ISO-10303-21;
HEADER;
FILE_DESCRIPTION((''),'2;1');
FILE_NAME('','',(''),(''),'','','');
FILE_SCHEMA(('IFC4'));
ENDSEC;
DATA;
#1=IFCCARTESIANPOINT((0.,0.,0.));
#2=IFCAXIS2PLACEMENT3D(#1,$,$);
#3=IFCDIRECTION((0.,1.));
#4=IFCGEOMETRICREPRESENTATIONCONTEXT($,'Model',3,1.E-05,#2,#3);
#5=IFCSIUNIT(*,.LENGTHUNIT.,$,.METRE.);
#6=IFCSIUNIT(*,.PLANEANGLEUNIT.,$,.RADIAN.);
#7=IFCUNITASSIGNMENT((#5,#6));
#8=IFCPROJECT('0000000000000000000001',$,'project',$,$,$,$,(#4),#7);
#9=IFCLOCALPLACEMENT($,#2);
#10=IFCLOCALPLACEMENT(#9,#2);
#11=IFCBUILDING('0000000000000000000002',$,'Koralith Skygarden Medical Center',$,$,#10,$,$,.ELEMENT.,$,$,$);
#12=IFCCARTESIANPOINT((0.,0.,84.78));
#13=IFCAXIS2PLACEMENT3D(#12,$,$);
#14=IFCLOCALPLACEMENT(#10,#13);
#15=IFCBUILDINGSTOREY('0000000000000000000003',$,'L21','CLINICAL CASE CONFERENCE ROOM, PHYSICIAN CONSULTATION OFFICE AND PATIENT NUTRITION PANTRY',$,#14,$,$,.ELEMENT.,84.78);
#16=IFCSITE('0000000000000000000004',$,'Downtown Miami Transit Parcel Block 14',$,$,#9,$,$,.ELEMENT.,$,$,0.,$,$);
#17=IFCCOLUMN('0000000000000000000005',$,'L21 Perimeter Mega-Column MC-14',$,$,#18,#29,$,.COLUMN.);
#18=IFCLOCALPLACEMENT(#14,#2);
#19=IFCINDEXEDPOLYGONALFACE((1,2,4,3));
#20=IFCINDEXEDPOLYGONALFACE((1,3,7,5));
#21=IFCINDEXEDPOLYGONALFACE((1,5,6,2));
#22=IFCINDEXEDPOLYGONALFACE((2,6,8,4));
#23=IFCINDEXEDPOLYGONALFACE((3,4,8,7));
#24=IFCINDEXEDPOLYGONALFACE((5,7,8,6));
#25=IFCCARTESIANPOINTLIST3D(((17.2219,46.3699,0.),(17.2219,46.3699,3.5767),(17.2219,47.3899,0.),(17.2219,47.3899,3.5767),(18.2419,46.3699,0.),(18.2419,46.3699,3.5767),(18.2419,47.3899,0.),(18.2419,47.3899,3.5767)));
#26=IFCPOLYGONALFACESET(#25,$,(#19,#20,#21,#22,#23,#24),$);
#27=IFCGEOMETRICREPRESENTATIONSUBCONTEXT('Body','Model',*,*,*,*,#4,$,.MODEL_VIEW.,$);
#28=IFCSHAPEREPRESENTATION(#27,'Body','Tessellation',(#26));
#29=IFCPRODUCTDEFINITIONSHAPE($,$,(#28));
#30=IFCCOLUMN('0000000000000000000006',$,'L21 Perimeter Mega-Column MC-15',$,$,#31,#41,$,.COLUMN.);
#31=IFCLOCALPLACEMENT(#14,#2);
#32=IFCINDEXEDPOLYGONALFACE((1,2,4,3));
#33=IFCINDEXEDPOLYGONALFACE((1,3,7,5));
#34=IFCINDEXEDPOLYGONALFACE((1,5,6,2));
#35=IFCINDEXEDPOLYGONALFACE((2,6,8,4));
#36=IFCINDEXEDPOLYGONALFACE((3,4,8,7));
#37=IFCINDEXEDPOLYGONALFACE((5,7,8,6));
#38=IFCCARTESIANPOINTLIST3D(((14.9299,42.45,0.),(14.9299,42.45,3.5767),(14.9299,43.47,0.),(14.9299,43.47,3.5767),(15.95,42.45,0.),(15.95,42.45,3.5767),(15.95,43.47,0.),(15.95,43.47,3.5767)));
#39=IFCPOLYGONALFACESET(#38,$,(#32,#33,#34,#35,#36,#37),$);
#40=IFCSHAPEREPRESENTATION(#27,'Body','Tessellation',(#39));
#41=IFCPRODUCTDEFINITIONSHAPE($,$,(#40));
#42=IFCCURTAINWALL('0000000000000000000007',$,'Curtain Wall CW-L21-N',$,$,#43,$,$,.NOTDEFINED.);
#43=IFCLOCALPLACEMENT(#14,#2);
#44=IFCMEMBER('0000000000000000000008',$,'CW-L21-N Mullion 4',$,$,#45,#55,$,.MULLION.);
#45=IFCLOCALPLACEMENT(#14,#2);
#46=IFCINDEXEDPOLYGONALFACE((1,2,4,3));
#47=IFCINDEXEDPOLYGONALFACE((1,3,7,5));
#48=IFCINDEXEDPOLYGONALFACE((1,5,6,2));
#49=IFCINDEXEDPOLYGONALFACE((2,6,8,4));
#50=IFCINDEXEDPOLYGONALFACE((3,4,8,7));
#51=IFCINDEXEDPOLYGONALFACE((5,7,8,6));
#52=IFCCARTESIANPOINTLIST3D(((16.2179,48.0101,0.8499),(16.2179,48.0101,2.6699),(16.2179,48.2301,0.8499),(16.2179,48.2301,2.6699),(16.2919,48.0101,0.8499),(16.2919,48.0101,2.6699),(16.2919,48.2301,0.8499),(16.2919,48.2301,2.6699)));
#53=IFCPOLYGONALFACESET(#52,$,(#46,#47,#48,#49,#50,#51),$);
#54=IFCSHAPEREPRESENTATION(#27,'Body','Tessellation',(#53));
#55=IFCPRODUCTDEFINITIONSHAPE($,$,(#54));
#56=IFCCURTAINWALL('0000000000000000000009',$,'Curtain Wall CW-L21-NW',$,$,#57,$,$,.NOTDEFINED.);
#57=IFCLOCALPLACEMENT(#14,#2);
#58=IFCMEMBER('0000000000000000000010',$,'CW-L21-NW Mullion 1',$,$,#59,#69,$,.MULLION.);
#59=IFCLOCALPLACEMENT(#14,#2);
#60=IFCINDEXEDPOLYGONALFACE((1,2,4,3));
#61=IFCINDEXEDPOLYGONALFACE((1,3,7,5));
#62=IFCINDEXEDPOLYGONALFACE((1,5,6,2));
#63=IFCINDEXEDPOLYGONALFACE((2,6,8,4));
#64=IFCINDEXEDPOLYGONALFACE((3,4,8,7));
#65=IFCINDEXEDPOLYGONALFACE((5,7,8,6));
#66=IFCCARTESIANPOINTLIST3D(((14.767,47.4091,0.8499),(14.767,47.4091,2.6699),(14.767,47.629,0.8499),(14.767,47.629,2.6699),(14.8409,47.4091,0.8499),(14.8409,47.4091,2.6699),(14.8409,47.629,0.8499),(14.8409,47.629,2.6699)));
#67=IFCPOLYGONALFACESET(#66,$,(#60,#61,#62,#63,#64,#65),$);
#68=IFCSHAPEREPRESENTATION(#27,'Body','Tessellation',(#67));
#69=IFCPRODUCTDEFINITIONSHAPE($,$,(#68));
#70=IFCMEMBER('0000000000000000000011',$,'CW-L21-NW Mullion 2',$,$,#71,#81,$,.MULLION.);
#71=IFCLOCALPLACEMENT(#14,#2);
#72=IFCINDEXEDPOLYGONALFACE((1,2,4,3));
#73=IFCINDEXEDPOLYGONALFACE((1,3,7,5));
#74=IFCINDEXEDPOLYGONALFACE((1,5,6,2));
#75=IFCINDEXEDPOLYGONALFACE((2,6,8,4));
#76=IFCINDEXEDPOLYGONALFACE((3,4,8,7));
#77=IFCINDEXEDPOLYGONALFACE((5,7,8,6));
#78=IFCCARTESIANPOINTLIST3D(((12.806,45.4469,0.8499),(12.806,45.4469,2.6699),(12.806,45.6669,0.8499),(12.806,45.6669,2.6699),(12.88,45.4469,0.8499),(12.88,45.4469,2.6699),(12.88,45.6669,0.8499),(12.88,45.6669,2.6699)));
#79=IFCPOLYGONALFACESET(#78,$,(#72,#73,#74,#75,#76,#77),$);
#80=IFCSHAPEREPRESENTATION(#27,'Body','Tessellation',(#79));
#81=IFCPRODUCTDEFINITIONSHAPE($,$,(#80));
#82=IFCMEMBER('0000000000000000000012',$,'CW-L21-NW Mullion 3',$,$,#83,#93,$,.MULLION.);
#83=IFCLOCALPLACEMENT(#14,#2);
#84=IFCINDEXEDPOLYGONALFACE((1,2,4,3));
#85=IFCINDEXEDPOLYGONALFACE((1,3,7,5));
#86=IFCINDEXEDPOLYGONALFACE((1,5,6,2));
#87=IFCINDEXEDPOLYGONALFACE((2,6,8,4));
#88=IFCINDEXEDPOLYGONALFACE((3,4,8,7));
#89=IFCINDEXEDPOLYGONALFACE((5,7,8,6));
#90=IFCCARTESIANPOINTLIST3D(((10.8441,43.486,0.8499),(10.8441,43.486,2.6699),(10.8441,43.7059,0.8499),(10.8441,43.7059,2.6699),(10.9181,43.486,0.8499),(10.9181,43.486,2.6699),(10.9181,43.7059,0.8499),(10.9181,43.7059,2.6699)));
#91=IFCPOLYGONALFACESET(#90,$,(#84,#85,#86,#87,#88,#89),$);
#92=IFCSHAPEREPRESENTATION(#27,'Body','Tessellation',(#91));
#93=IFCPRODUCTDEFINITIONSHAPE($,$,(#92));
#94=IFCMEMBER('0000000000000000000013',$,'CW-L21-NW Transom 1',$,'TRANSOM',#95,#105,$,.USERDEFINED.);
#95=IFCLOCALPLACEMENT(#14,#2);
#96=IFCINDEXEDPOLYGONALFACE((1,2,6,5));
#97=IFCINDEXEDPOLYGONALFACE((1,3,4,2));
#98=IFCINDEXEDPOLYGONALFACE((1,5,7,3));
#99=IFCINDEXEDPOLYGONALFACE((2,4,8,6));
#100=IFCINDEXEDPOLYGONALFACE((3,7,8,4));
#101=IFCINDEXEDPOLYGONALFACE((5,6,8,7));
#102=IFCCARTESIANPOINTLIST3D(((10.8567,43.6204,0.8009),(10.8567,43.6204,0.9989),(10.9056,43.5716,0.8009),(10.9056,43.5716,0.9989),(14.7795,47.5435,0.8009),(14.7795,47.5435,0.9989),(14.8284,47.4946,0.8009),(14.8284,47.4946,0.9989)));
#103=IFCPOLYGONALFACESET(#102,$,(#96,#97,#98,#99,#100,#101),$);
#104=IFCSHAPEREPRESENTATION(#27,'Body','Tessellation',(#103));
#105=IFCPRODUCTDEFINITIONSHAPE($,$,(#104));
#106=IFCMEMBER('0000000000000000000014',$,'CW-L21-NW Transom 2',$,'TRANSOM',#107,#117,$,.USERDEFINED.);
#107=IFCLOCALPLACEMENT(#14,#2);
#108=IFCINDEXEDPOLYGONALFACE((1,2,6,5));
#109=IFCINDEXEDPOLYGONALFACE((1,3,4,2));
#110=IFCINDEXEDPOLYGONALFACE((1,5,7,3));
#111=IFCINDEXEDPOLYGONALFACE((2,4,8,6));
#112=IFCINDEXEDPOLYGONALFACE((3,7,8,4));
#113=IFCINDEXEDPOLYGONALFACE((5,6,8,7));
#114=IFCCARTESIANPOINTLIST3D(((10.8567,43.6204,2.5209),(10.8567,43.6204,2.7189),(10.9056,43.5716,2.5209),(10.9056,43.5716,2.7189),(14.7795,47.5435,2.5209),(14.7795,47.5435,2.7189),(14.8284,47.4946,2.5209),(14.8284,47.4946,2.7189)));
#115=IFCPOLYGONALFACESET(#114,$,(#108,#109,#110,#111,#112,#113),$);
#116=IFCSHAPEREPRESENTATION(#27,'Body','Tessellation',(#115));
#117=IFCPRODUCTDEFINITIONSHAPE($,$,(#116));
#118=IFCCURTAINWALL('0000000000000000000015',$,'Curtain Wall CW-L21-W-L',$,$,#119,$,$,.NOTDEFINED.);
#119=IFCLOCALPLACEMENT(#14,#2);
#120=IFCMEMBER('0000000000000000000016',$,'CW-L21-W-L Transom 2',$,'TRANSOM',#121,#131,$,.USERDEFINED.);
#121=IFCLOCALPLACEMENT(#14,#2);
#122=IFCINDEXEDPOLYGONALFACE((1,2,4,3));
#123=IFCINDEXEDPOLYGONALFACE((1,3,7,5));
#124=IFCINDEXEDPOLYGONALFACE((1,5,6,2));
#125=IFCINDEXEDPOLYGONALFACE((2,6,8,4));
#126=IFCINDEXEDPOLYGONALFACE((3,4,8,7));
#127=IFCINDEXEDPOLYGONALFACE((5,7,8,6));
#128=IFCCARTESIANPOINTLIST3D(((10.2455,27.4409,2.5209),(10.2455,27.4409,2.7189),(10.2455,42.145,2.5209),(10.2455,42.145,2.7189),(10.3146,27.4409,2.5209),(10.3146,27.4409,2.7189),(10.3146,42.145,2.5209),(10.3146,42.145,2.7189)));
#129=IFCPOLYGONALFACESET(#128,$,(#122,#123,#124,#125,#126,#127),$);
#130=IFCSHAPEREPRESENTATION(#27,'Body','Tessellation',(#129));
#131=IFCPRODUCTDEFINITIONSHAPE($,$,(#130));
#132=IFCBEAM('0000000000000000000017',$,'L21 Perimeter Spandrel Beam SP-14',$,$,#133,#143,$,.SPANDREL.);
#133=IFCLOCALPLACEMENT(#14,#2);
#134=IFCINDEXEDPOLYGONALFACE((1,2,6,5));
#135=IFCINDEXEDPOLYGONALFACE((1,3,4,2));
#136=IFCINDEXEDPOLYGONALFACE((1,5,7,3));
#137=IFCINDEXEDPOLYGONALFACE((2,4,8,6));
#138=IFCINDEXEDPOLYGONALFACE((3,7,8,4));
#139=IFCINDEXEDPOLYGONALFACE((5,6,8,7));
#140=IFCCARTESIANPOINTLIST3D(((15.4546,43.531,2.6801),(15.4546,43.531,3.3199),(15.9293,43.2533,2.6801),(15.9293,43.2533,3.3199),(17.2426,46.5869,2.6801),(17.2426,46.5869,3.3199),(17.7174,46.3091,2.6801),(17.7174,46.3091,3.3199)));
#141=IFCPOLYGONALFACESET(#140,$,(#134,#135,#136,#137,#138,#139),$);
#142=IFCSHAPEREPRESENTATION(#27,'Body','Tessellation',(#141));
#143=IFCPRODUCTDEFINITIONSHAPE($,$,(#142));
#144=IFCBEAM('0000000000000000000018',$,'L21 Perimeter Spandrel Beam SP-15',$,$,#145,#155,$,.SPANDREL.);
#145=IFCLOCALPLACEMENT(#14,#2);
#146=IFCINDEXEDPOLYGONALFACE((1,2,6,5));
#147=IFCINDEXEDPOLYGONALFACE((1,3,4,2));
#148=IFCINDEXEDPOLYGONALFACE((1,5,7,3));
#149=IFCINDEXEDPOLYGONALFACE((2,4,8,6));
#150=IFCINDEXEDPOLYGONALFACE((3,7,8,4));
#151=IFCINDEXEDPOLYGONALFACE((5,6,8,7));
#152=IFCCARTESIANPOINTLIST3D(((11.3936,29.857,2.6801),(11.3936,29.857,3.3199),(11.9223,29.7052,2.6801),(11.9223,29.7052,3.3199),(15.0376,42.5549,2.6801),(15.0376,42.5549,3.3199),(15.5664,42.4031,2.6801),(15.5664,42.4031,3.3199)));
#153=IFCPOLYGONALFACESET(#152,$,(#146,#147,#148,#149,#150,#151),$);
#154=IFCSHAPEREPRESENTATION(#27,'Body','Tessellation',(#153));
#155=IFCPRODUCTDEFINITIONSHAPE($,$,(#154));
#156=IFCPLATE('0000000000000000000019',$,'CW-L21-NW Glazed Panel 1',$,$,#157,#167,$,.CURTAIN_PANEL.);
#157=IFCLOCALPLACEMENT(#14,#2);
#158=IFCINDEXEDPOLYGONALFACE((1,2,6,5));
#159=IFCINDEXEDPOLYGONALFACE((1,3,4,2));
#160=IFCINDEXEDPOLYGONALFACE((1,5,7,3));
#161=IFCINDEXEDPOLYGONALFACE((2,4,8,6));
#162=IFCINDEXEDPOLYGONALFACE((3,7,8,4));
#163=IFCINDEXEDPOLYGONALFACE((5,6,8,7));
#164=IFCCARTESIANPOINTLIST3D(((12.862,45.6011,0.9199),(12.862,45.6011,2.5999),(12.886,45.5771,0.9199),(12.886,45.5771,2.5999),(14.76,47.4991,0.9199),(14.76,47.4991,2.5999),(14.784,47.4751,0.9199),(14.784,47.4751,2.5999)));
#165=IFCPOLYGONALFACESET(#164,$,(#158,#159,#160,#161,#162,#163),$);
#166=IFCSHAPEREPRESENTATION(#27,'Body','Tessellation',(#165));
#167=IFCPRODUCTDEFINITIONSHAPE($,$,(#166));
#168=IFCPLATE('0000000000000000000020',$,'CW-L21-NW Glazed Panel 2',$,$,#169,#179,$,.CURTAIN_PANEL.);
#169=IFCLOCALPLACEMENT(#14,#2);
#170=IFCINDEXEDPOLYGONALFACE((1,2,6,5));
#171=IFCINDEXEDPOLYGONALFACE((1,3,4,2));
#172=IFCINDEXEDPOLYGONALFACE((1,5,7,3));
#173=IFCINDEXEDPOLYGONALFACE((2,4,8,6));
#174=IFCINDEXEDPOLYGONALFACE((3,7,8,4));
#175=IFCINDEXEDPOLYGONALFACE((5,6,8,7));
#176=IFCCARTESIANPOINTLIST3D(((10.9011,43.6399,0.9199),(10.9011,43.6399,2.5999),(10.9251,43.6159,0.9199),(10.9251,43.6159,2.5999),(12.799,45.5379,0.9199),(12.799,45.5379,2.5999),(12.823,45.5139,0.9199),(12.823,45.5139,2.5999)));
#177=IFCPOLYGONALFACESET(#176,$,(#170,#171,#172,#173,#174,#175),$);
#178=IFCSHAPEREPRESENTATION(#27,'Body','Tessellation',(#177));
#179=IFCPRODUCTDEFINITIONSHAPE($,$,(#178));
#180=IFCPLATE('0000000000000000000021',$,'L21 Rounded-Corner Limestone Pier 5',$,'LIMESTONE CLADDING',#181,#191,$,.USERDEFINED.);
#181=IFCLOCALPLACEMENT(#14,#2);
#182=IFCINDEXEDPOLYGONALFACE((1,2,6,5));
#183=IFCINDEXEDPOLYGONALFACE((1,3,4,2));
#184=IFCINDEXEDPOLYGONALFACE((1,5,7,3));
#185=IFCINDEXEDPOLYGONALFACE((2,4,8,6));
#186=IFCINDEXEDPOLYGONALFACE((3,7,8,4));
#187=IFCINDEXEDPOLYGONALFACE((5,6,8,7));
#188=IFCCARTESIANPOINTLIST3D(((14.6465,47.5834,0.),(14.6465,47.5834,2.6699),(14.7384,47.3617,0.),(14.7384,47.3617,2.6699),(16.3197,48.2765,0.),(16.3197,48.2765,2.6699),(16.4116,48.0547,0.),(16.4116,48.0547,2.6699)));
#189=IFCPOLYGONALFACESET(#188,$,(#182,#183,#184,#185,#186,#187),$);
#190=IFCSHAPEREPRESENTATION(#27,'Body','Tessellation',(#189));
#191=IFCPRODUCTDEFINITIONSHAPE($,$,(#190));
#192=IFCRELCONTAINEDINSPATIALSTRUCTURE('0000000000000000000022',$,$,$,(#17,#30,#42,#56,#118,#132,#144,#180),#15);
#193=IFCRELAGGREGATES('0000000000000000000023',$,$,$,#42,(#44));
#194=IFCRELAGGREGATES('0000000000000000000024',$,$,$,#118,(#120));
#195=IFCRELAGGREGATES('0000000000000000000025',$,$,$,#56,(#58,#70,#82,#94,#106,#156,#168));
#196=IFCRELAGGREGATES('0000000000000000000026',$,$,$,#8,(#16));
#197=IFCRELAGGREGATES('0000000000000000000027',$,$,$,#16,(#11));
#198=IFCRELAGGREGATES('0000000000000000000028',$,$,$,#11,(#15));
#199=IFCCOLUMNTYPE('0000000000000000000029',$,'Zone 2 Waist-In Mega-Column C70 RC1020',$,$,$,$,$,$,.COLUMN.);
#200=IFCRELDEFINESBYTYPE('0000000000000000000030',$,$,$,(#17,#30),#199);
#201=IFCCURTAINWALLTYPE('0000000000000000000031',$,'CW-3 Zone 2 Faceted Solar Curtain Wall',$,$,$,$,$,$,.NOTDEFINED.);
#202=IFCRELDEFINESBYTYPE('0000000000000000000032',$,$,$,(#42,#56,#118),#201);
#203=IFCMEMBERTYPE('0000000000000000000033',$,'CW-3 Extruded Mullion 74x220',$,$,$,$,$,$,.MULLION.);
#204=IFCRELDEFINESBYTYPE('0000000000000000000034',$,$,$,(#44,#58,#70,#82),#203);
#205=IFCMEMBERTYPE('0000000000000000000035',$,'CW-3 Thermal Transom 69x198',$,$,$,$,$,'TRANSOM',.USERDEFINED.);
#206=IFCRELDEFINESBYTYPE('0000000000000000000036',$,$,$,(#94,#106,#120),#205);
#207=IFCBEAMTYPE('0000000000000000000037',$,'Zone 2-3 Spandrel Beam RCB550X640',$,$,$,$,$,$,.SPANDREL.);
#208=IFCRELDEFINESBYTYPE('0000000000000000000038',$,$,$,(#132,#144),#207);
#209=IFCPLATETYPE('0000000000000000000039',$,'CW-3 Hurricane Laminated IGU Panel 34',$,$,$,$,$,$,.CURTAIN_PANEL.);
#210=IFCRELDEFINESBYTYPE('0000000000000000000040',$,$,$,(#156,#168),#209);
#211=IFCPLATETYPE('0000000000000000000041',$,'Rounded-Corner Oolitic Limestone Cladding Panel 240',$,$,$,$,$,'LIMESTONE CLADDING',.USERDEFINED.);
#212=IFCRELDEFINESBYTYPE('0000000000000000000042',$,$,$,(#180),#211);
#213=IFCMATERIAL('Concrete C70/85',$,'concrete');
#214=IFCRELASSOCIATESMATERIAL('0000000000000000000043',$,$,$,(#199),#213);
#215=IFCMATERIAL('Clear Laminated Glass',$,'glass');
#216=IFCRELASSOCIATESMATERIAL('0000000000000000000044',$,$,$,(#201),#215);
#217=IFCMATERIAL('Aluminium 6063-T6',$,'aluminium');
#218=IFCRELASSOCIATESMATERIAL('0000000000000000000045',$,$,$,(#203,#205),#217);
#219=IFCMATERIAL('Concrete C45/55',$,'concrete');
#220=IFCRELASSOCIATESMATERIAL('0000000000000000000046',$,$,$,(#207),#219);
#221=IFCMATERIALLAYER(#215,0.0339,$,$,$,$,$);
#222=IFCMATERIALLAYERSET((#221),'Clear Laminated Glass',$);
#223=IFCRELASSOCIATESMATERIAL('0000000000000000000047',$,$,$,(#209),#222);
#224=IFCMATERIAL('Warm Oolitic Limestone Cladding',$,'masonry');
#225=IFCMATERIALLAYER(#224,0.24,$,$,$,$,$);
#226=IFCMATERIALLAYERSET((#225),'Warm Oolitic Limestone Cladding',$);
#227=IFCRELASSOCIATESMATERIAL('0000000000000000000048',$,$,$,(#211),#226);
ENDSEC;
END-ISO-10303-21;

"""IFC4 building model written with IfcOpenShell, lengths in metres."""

from ifc_helpers import new_model, si_unit, direction, frame, origin, origin_2d, place, context, subcontext, project, spatial, rectangle, extrude, material, layer, layer_set, material_profile, profile_set, type_object, element, aggregate, save


model = new_model("IFC4")

# Units and contexts
model_context = context("Model", 3, precision=1e-05, world=origin(), true_north=direction((0.0, 1.0)))
body_context = subcontext(model_context, "Body", "Model", "MODEL_VIEW")
ifc_project = project(units=[si_unit("LENGTHUNIT", "METRE"), si_unit("PLANEANGLEUNIT", "RADIAN")], contexts=[model_context])

# Site, building, storey
site_placement = place(None, origin())
site = spatial("IfcSite", under=ifc_project, at=site_placement, Name="Downtown Miami Transit Parcel Block 14", CompositionType="ELEMENT", RefElevation=0.0)
building_placement = place(site_placement, origin())
building = spatial("IfcBuilding", under=site, at=building_placement, Name="Koralith Skygarden Medical Center", CompositionType="ELEMENT")
storey_placement = place(building_placement, frame((0.0, 0.0, 84.78)))
storey = spatial("IfcBuildingStorey", under=building, at=storey_placement, Name="L21", Description="CLINICAL CASE CONFERENCE ROOM, PHYSICIAN CONSULTATION OFFICE AND PATIENT NUTRITION PANTRY", CompositionType="ELEMENT", Elevation=84.78)

# Columns
ifc_material_1 = material(Name="Concrete C70/85", Category="concrete")
ifc_material_profile_1 = material_profile(ifc_material_1, rectangle(XDim=1.02, YDim=1.02, at=origin_2d()), Name="RC1020X1020")
ifc_profile_set_1 = profile_set([ifc_material_profile_1], Name="Concrete C70/85")
column_type = type_object("IfcColumnType", Name="Zone 2 Waist-In Mega-Column C70 RC1020", PredefinedType="COLUMN", material=ifc_profile_set_1)
for number, where, z_axis, x_axis, name in (
    (1, (17.7319, 46.8799, 0.0), (0.0, 0.0, 1.0), (1.0, 0.0, 0.0), "L21 Perimeter Mega-Column MC-14"),
    (2, (15.4399, 42.96, 0.0), (0.0, 0.0, 1.0), (1.0, 0.0, 0.0), "L21 Perimeter Mega-Column MC-15"),
):
    element("IfcColumn", number, at=place(storey_placement, frame(where, z_axis=z_axis, x_axis=x_axis)), inside=storey, type_object=column_type, Name=name, PredefinedType="COLUMN", context=body_context, shape_type="SweptSolid", body=[
        extrude(rectangle(XDim=1.02, YDim=1.02, at=origin_2d()), origin(), (0.0, 0.0, 1.0), 3.5767),
    ])

# Curtain wall, member
ifc_material_2 = material(Name="Clear Laminated Glass", Category="glass")
curtain_wall_type = type_object("IfcCurtainWallType", Name="CW-3 Zone 2 Faceted Solar Curtain Wall", PredefinedType="NOTDEFINED", material=ifc_material_2)
curtain_wall_1_placement = place(storey_placement, origin())
curtain_wall_1 = element("IfcCurtainWall", 3, at=curtain_wall_1_placement, inside=storey, type_object=curtain_wall_type, Name="Curtain Wall CW-L21-N", PredefinedType="NOTDEFINED")
ifc_material_3 = material(Name="Aluminium 6063-T6", Category="aluminium")
ifc_material_profile_2 = material_profile(ifc_material_3, rectangle(XDim=0.074, YDim=0.22, at=origin_2d()), Name="MUL74X220")
ifc_profile_set_2 = profile_set([ifc_material_profile_2], Name="Aluminium 6063-T6")
member_type_1 = type_object("IfcMemberType", Name="CW-3 Extruded Mullion 74x220", PredefinedType="MULLION", material=ifc_profile_set_2)
member_1_placement = place(storey_placement, frame((16.2549, 48.1201, 0.8499), z_axis=(0.0, 0.0, 1.0), x_axis=(1.0, 0.0, 0.0)))
member_1 = element("IfcMember", 4, at=member_1_placement, type_object=member_type_1, Name="CW-L21-N Mullion 4", PredefinedType="MULLION", context=body_context, shape_type="SweptSolid", body=[
    extrude(rectangle(XDim=0.074, YDim=0.22, at=origin_2d()), origin(), (0.0, 0.0, 1.0), 1.8201),
])
aggregate(curtain_wall_1, [member_1])

# Curtain wall, members
curtain_wall_2_placement = place(storey_placement, origin())
curtain_wall_2 = element("IfcCurtainWall", 5, at=curtain_wall_2_placement, inside=storey, type_object=curtain_wall_type, Name="Curtain Wall CW-L21-NW", PredefinedType="NOTDEFINED")
member_2_placement = place(storey_placement, frame((14.804, 47.519, 0.8499), z_axis=(0.0, 0.0, 1.0), x_axis=(1.0, 0.0, 0.0)))
member_2 = element("IfcMember", 6, at=member_2_placement, type_object=member_type_1, Name="CW-L21-NW Mullion 1", PredefinedType="MULLION", context=body_context, shape_type="SweptSolid", body=[
    extrude(rectangle(XDim=0.074, YDim=0.22, at=origin_2d()), origin(), (0.0, 0.0, 1.0), 1.8201),
])
member_3_placement = place(storey_placement, frame((12.843, 45.5569, 0.8499), z_axis=(0.0, 0.0, 1.0), x_axis=(1.0, 0.0, 0.0)))
member_3 = element("IfcMember", 7, at=member_3_placement, type_object=member_type_1, Name="CW-L21-NW Mullion 2", PredefinedType="MULLION", context=body_context, shape_type="SweptSolid", body=[
    extrude(rectangle(XDim=0.074, YDim=0.22, at=origin_2d()), origin(), (0.0, 0.0, 1.0), 1.8201),
])
member_4_placement = place(storey_placement, frame((10.8811, 43.5959, 0.8499), z_axis=(0.0, 0.0, 1.0), x_axis=(1.0, 0.0, 0.0)))
member_4 = element("IfcMember", 8, at=member_4_placement, type_object=member_type_1, Name="CW-L21-NW Mullion 3", PredefinedType="MULLION", context=body_context, shape_type="SweptSolid", body=[
    extrude(rectangle(XDim=0.074, YDim=0.22, at=origin_2d()), origin(), (0.0, 0.0, 1.0), 1.8201),
])
ifc_material_profile_3 = material_profile(ifc_material_3, rectangle(XDim=0.0691, YDim=0.198, at=origin_2d()), Name="TRN69X198")
ifc_profile_set_3 = profile_set([ifc_material_profile_3], Name="Aluminium 6063-T6")
member_type_2 = type_object("IfcMemberType", Name="CW-3 Thermal Transom 69x198", ElementType="TRANSOM", PredefinedType="USERDEFINED", material=ifc_profile_set_3)
member_5_placement = place(storey_placement, frame((14.804, 47.519, 0.8999), z_axis=(-0.707085, -0.707129, 0.0), x_axis=(0.707129, -0.707085, 0.0)))
member_5 = element("IfcMember", 9, at=member_5_placement, type_object=member_type_2, Name="CW-L21-NW Transom 1", ObjectType="TRANSOM", PredefinedType="USERDEFINED", context=body_context, shape_type="SweptSolid", body=[
    extrude(rectangle(XDim=0.0691, YDim=0.198, at=origin_2d()), origin(), (0.0, 0.0, 1.0), 5.5479),
])
member_6_placement = place(storey_placement, frame((14.804, 47.519, 2.6199), z_axis=(-0.707085, -0.707129, 0.0), x_axis=(0.707129, -0.707085, 0.0)))
member_6 = element("IfcMember", 10, at=member_6_placement, type_object=member_type_2, Name="CW-L21-NW Transom 2", ObjectType="TRANSOM", PredefinedType="USERDEFINED", context=body_context, shape_type="SweptSolid", body=[
    extrude(rectangle(XDim=0.0691, YDim=0.198, at=origin_2d()), origin(), (0.0, 0.0, 1.0), 5.5479),
])

# Curtain wall, member
curtain_wall_3_placement = place(storey_placement, origin())
curtain_wall_3 = element("IfcCurtainWall", 11, at=curtain_wall_3_placement, inside=storey, type_object=curtain_wall_type, Name="Curtain Wall CW-L21-W-L", PredefinedType="NOTDEFINED")
member_7_placement = place(storey_placement, frame((10.28, 42.145, 2.6199), z_axis=(0.0, -1.0, 0.0), x_axis=(1.0, 0.0, 0.0)))
member_7 = element("IfcMember", 12, at=member_7_placement, type_object=member_type_2, Name="CW-L21-W-L Transom 2", ObjectType="TRANSOM", PredefinedType="USERDEFINED", context=body_context, shape_type="SweptSolid", body=[
    extrude(rectangle(XDim=0.0691, YDim=0.198, at=origin_2d()), origin(), (0.0, 0.0, 1.0), 14.7041),
])
aggregate(curtain_wall_3, [member_7])

# Beams
ifc_material_4 = material(Name="Concrete C45/55", Category="concrete")
ifc_material_profile_4 = material_profile(ifc_material_4, rectangle(XDim=0.55, YDim=0.6399, at=origin_2d()), Name="RCB550X640")
ifc_profile_set_4 = profile_set([ifc_material_profile_4], Name="Concrete C45/55")
beam_type = type_object("IfcBeamType", Name="Zone 2-3 Spandrel Beam RCB550X640", PredefinedType="SPANDREL", material=ifc_profile_set_4)
beam_1_placement = place(storey_placement, frame((17.48, 46.448, 3.0), z_axis=(-0.505024, -0.863105, 0.0), x_axis=(0.863105, -0.505024, 0.0)))
element("IfcBeam", 13, at=beam_1_placement, inside=storey, type_object=beam_type, Name="L21 Perimeter Spandrel Beam SP-14", PredefinedType="SPANDREL", context=body_context, shape_type="SweptSolid", body=[
    extrude(rectangle(XDim=0.55, YDim=0.6399, at=origin_2d()), origin(), (0.0, 0.0, 1.0), 3.5405),
])
beam_2_placement = place(storey_placement, frame((15.302, 42.479, 3.0), z_axis=(-0.275844, -0.961202, 0.0), x_axis=(0.961202, -0.275844, 0.0)))
element("IfcBeam", 14, at=beam_2_placement, inside=storey, type_object=beam_type, Name="L21 Perimeter Spandrel Beam SP-15", PredefinedType="SPANDREL", context=body_context, shape_type="SweptSolid", body=[
    extrude(rectangle(XDim=0.55, YDim=0.6399, at=origin_2d()), origin(), (0.0, 0.0, 1.0), 13.2104),
])

# Plates
ifc_layer_1 = layer(ifc_material_2, 0.0339)
ifc_layer_set_1 = layer_set([ifc_layer_1], Name="Clear Laminated Glass")
plate_type_1 = type_object("IfcPlateType", Name="CW-3 Hurricane Laminated IGU Panel 34", PredefinedType="CURTAIN_PANEL", material=ifc_layer_set_1)
plate_1_placement = place(storey_placement, frame((13.823, 46.5381, 0.9199), z_axis=(0.0, 0.0, 1.0), x_axis=(-0.707107, -0.707107, 0.0)))
plate_1 = element("IfcPlate", 15, at=plate_1_placement, type_object=plate_type_1, Name="CW-L21-NW Glazed Panel 1", PredefinedType="CURTAIN_PANEL", context=body_context, shape_type="SweptSolid", body=[
    extrude(rectangle(XDim=2.6841, YDim=0.0339, at=origin_2d()), origin(), (0.0, 0.0, 1.0), 1.6799),
])
plate_2_placement = place(storey_placement, frame((11.8621, 44.5769, 0.9199), z_axis=(0.0, 0.0, 1.0), x_axis=(-0.707107, -0.707107, 0.0)))
plate_2 = element("IfcPlate", 16, at=plate_2_placement, type_object=plate_type_1, Name="CW-L21-NW Glazed Panel 2", PredefinedType="CURTAIN_PANEL", context=body_context, shape_type="SweptSolid", body=[
    extrude(rectangle(XDim=2.6841, YDim=0.0339, at=origin_2d()), origin(), (0.0, 0.0, 1.0), 1.6799),
])
aggregate(curtain_wall_2, [member_2, member_3, member_4, member_5, member_6, plate_1, plate_2])

# Plate
ifc_material_5 = material(Name="Warm Oolitic Limestone Cladding", Category="masonry")
ifc_layer_2 = layer(ifc_material_5, 0.24)
ifc_layer_set_2 = layer_set([ifc_layer_2], Name="Warm Oolitic Limestone Cladding")
plate_type_2 = type_object("IfcPlateType", Name="Rounded-Corner Oolitic Limestone Cladding Panel 240", ElementType="LIMESTONE CLADDING", PredefinedType="USERDEFINED", material=ifc_layer_set_2)
for number, where, z_axis, x_axis, name in (
    (17, (15.5291, 47.8191, 0.0), (0.0, 0.0, 1.0), (-0.923885, -0.382671, 0.0), "L21 Rounded-Corner Limestone Pier 5"),
):
    element("IfcPlate", number, at=place(storey_placement, frame(where, z_axis=z_axis, x_axis=x_axis)), inside=storey, type_object=plate_type_2, Name=name, ObjectType="LIMESTONE CLADDING", PredefinedType="USERDEFINED", context=body_context, shape_type="SweptSolid", body=[
        extrude(rectangle(XDim=1.811, YDim=0.24, at=origin_2d()), origin(), (0.0, 0.0, 1.0), 2.6699),
    ])

save(model, "model.ifc")
